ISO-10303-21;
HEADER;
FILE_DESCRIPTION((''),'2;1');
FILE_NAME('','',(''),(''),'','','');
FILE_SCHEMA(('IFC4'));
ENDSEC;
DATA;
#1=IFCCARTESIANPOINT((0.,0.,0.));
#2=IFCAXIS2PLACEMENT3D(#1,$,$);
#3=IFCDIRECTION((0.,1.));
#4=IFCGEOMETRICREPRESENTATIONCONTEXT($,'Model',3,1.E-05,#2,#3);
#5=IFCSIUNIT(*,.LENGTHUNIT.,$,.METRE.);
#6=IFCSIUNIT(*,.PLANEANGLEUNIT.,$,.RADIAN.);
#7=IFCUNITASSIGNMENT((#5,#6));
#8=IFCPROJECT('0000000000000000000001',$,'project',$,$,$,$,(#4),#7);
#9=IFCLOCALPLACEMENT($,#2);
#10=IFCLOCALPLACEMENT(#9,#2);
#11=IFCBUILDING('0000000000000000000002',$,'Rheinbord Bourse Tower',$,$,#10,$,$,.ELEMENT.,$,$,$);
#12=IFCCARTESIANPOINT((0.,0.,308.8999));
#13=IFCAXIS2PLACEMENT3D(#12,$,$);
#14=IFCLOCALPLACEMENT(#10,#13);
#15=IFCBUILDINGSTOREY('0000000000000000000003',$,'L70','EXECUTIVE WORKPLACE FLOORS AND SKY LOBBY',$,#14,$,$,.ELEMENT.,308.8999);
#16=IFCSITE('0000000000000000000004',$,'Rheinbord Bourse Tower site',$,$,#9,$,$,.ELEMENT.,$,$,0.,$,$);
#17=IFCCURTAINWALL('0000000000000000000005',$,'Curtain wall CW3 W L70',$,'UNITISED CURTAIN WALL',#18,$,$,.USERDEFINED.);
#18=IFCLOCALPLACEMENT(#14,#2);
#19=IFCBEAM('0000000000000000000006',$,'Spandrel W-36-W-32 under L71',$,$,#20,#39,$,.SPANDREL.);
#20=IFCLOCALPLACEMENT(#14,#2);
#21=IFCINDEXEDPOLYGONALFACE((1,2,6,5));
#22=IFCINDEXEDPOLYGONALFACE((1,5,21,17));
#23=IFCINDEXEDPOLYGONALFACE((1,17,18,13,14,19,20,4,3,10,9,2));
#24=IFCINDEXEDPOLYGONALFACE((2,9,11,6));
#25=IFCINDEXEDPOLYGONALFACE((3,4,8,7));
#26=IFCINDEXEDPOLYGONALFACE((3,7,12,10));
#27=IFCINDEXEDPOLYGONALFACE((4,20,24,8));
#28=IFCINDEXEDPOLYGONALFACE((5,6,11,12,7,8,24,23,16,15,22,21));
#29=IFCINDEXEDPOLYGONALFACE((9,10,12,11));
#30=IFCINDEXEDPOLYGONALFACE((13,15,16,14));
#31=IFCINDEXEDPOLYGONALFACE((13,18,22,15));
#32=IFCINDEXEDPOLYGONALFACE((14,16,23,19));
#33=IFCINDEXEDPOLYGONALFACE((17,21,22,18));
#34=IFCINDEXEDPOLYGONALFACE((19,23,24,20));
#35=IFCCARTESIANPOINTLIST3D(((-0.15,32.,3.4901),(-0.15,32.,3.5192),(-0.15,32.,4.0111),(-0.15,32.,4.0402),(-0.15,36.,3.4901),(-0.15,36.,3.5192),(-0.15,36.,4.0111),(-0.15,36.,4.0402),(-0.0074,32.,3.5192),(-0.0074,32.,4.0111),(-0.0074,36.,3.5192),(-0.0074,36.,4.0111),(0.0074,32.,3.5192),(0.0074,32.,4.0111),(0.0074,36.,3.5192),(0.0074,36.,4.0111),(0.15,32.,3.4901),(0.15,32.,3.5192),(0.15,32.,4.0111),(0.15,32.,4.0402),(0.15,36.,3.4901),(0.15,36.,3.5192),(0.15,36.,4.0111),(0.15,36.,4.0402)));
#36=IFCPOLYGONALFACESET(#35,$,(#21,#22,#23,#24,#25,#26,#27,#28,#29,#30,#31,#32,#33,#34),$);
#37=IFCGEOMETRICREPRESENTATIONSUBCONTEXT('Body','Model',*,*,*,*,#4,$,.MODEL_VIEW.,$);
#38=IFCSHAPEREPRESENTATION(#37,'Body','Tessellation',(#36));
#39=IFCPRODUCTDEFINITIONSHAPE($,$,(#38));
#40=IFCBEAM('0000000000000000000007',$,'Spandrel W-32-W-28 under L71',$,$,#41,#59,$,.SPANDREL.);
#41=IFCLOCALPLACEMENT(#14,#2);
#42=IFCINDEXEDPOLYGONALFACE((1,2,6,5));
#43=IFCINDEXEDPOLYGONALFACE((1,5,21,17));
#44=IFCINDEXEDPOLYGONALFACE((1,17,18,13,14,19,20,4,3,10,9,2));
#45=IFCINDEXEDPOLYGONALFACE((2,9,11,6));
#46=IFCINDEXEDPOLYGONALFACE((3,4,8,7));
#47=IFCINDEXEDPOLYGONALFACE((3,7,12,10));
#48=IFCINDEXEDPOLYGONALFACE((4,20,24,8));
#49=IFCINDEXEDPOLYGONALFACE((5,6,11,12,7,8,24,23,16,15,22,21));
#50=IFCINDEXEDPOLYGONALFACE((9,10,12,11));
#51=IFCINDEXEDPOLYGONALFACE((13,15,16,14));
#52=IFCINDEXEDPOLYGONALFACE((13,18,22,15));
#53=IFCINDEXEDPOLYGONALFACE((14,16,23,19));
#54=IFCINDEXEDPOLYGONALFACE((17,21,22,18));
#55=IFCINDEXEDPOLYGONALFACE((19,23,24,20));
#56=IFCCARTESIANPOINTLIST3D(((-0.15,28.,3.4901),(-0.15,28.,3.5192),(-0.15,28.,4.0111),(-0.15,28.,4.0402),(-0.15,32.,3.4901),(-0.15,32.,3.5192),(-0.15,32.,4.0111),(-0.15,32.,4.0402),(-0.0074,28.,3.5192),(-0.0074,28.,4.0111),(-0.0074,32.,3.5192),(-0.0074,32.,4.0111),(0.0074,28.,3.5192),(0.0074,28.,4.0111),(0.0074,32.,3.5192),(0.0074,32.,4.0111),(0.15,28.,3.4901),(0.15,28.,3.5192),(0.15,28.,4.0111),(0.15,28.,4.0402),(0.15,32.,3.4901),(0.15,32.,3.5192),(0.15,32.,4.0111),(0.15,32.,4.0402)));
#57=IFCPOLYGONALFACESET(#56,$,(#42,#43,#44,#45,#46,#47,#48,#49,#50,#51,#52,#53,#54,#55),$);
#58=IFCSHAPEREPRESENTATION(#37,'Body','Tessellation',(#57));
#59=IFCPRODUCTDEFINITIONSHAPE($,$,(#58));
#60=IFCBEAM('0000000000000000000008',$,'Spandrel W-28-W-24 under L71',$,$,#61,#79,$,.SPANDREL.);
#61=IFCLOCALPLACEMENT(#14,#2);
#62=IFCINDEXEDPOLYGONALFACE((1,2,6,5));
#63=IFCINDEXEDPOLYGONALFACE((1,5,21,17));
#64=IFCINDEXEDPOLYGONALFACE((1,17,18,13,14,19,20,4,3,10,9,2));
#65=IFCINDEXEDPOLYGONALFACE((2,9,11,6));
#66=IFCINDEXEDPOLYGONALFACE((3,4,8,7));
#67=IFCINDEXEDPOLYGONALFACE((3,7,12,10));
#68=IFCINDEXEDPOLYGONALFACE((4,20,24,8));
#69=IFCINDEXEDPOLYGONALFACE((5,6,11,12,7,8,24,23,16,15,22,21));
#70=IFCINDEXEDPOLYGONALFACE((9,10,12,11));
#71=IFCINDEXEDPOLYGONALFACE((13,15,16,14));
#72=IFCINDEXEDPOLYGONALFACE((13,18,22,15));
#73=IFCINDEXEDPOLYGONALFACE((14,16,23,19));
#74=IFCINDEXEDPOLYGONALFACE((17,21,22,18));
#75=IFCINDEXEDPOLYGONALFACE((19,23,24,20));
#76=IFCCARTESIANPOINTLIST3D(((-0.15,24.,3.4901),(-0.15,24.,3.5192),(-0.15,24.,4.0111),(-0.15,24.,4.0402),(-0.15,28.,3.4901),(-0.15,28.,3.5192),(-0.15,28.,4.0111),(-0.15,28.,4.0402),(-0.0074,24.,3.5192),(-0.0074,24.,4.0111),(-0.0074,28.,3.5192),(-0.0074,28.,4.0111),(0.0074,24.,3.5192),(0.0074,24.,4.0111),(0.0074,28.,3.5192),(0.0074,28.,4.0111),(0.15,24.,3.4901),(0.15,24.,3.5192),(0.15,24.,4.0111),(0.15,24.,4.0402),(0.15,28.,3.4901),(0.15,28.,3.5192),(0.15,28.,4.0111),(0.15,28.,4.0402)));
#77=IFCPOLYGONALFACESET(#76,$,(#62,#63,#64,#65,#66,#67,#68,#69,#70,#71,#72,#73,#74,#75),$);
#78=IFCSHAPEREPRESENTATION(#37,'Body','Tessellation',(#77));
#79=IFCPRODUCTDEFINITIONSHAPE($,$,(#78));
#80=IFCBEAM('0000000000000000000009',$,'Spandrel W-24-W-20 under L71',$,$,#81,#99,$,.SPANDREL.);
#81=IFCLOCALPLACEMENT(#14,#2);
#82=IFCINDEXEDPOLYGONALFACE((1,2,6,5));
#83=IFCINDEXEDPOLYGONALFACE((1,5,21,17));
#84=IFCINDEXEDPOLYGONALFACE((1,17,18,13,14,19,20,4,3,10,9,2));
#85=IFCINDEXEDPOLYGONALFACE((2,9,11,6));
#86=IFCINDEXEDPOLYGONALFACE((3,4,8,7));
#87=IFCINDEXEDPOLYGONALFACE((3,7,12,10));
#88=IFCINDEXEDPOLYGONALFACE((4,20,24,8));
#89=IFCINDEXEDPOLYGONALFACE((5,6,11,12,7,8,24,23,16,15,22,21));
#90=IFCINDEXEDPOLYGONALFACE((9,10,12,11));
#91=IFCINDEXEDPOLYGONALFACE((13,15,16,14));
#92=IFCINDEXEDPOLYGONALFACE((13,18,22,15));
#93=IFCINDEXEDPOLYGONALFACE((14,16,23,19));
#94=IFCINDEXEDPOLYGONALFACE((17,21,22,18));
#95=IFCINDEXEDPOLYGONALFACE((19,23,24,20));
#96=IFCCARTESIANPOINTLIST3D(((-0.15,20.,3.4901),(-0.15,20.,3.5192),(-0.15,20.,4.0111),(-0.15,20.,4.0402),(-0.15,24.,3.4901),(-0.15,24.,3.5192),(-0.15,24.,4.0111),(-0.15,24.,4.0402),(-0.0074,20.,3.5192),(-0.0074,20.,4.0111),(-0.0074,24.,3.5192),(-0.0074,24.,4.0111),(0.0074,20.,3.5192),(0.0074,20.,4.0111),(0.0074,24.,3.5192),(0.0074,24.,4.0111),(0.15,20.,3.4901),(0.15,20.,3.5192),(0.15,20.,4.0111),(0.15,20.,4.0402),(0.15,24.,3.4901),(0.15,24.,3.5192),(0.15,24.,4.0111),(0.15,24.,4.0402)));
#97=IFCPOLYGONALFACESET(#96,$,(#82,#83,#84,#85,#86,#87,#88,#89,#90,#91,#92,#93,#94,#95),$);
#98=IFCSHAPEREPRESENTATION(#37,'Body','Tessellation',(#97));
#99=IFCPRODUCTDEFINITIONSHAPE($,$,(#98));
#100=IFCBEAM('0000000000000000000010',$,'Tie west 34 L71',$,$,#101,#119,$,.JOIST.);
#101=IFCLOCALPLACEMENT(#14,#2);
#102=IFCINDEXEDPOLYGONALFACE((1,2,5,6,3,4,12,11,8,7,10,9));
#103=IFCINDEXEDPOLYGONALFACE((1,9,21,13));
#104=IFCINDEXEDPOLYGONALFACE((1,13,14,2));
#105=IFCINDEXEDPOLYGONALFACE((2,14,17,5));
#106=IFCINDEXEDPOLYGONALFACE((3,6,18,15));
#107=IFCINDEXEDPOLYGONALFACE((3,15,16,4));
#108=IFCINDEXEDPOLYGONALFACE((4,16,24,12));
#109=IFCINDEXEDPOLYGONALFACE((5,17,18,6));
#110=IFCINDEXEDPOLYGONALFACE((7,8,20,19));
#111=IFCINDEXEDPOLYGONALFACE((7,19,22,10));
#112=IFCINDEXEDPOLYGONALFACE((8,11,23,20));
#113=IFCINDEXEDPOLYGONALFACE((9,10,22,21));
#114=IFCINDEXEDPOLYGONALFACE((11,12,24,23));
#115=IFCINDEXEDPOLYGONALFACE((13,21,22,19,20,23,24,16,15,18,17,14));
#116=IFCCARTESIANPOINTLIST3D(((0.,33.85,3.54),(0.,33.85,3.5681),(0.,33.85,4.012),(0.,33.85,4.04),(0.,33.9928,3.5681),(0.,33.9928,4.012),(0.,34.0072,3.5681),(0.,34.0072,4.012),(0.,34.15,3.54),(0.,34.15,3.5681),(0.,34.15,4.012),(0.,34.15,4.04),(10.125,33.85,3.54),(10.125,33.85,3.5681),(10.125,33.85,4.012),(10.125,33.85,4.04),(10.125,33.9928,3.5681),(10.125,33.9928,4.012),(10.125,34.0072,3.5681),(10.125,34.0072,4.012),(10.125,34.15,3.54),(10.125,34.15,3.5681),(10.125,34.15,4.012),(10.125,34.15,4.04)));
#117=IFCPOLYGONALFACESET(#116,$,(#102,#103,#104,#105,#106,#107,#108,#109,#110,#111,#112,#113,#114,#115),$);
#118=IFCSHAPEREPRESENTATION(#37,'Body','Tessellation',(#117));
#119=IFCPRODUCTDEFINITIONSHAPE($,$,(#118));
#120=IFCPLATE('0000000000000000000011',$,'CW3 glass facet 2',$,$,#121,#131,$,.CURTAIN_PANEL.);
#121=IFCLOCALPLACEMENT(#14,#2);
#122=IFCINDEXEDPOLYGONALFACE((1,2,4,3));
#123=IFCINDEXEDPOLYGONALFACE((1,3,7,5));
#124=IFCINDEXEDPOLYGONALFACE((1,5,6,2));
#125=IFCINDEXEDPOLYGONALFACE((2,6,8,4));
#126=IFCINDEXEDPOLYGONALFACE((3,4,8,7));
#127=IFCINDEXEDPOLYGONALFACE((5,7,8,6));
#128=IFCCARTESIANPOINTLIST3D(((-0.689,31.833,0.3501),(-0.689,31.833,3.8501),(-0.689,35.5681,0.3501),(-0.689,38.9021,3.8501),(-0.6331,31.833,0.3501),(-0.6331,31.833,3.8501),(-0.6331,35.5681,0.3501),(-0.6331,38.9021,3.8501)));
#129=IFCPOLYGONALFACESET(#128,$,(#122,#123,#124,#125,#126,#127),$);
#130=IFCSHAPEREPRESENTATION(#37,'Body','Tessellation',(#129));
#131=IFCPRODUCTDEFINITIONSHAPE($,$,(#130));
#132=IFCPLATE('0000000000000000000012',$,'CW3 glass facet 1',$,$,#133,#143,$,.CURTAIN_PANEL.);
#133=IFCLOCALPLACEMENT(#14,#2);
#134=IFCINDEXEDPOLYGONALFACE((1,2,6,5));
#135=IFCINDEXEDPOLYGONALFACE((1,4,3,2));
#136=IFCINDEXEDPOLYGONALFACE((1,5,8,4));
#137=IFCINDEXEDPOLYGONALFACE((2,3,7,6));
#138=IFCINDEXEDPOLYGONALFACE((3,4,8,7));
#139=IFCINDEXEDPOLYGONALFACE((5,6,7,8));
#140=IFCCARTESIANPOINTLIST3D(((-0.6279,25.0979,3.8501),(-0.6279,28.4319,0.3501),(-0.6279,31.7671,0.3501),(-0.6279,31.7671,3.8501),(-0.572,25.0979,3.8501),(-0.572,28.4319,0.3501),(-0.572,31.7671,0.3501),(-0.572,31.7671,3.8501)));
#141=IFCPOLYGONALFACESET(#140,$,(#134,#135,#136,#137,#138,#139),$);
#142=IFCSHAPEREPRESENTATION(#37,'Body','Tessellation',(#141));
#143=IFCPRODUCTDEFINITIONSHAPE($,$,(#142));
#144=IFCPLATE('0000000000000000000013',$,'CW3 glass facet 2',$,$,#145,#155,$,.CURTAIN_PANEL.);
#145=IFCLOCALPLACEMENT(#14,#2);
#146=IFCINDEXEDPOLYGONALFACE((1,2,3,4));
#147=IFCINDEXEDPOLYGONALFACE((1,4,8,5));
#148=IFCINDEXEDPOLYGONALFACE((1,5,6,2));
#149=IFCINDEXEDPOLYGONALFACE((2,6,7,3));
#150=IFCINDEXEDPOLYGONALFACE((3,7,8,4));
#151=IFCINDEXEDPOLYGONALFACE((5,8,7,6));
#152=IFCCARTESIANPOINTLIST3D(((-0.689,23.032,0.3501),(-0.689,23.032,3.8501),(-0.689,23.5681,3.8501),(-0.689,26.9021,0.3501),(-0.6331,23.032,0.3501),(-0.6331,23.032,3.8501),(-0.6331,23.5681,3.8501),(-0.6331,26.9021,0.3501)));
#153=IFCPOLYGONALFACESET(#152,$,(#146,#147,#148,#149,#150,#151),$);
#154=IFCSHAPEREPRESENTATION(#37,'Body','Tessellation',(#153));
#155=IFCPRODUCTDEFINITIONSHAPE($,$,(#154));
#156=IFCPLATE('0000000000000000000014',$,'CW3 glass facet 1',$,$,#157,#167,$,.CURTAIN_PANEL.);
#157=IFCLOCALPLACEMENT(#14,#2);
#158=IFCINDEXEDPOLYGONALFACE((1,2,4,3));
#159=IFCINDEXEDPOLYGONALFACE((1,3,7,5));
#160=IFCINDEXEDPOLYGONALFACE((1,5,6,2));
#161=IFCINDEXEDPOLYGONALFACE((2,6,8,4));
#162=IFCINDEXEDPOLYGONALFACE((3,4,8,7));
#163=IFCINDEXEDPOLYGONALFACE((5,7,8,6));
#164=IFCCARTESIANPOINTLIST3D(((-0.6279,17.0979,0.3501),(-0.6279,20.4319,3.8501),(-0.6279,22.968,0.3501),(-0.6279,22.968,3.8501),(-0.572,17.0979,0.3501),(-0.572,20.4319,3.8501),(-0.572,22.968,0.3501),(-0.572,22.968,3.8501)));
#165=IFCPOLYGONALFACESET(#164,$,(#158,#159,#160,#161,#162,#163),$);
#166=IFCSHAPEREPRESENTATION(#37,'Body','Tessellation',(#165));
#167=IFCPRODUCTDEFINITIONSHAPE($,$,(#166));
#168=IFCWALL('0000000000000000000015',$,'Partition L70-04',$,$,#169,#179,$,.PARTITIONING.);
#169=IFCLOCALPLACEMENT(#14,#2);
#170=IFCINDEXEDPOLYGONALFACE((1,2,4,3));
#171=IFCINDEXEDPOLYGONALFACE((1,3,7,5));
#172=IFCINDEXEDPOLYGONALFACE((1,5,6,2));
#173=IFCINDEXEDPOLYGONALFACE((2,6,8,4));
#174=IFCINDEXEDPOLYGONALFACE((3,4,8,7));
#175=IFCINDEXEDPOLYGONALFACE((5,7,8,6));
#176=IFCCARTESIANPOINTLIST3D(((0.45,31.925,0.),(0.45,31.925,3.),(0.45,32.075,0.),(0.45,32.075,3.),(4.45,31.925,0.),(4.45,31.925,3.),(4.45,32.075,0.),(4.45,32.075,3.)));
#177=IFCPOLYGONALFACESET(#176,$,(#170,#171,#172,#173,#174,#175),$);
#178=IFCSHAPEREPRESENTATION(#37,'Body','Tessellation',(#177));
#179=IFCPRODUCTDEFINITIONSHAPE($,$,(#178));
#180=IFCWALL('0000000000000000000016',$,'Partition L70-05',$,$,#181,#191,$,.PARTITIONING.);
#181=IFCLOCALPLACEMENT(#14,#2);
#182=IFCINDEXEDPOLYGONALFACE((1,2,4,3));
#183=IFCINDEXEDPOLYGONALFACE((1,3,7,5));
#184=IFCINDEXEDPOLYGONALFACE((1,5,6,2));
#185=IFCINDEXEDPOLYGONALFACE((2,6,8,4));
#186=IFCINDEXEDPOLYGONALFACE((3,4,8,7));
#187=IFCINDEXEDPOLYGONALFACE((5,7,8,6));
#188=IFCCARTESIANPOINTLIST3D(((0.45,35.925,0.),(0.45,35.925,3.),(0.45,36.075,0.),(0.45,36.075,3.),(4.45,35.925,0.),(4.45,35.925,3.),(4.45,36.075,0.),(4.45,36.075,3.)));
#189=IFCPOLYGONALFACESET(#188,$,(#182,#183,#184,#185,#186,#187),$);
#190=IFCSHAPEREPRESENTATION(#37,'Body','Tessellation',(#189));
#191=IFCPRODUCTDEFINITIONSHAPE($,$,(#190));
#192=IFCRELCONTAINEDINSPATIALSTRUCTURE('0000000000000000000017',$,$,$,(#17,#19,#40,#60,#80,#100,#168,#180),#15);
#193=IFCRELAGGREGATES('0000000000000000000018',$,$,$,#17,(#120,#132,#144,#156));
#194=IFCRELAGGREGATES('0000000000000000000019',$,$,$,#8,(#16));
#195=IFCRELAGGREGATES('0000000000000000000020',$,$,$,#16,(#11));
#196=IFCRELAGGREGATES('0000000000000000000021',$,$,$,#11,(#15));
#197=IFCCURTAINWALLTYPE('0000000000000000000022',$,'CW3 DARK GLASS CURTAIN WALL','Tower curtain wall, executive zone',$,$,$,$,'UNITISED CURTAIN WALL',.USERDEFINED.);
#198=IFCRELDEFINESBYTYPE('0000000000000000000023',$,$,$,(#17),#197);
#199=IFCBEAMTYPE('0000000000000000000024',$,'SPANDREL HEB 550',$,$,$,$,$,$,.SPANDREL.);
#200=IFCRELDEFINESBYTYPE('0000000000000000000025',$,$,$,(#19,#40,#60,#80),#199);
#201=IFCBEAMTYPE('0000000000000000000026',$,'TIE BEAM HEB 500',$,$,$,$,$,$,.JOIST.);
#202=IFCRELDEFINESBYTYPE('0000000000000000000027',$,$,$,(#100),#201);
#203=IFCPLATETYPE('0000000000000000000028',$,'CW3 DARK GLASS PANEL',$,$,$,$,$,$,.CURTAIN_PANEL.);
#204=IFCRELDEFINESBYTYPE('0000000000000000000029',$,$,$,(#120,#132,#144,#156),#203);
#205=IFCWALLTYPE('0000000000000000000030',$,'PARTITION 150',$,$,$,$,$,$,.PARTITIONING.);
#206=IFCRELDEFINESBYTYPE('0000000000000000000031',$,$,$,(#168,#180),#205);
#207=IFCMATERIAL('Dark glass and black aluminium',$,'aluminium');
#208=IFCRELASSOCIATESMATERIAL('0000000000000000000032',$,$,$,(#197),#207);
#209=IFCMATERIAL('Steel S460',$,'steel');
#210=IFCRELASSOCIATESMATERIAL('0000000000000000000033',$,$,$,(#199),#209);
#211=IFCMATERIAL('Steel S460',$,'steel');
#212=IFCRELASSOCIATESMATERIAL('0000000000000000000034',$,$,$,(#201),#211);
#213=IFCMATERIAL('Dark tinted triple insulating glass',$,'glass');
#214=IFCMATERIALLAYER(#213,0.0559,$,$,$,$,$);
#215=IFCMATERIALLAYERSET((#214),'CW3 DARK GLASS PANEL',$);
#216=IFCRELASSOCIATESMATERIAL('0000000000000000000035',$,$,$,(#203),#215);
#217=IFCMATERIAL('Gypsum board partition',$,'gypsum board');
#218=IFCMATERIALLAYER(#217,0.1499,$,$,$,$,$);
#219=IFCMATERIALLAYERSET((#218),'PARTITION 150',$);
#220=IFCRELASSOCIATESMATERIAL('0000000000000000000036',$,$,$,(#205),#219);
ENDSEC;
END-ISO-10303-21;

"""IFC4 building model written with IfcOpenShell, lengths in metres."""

from ifc_helpers import new_model, si_unit, direction, frame, frame_2d, origin, origin_2d, place, context, subcontext, project, spatial, polyline, rectangle, i_section, outline, extrude, material, layer, layer_set, material_profile, profile_set, type_object, element, aggregate, save


model = new_model("IFC4")

# Units and contexts
model_context = context("Model", 3, precision=1e-05, world=origin(), true_north=direction((0.0, 1.0)))
body_context = subcontext(model_context, "Body", "Model", "MODEL_VIEW")
ifc_project = project(units=[si_unit("LENGTHUNIT", "METRE"), si_unit("PLANEANGLEUNIT", "RADIAN")], contexts=[model_context])

# Site, building, storey
site_placement = place(None, origin())
site = spatial("IfcSite", under=ifc_project, at=site_placement, Name="Rheinbord Bourse Tower site", CompositionType="ELEMENT", RefElevation=0.0)
building_placement = place(site_placement, origin())
building = spatial("IfcBuilding", under=site, at=building_placement, Name="Rheinbord Bourse Tower", CompositionType="ELEMENT")
storey_placement = place(building_placement, frame((0.0, 0.0, 308.8999)))
storey = spatial("IfcBuildingStorey", under=building, at=storey_placement, Name="L70", Description="EXECUTIVE WORKPLACE FLOORS AND SKY LOBBY", CompositionType="ELEMENT", Elevation=308.8999)

# Curtain wall
ifc_material_1 = material(Name="Dark glass and black aluminium", Category="aluminium")
curtain_wall_type = type_object("IfcCurtainWallType", Name="CW3 DARK GLASS CURTAIN WALL", Description="Tower curtain wall, executive zone", ElementType="UNITISED CURTAIN WALL", PredefinedType="USERDEFINED", material=ifc_material_1)
curtain_wall_placement = place(storey_placement, origin())
curtain_wall = element("IfcCurtainWall", 1, at=curtain_wall_placement, inside=storey, type_object=curtain_wall_type, Name="Curtain wall CW3 W L70", ObjectType="UNITISED CURTAIN WALL", PredefinedType="USERDEFINED")

# Beams
ifc_material_2 = material(Name="Steel S460", Category="steel")
ifc_material_profile_1 = material_profile(ifc_material_2, i_section(OverallWidth=0.3, OverallDepth=0.55, WebThickness=0.0149, FlangeThickness=0.0291, at=origin_2d()), Name="HEB 550")
ifc_profile_set_1 = profile_set([ifc_material_profile_1], Name="Steel S460")
beam_type_1 = type_object("IfcBeamType", Name="SPANDREL HEB 550", PredefinedType="SPANDREL", material=ifc_profile_set_1)
for number, where, z_axis, x_axis, name in (
    (2, (0.0, 36.0, 3.7651), (0.0, -1.0, 0.0), (1.0, 0.0, 0.0), "Spandrel W-36-W-32 under L71"),
    (3, (0.0, 32.0, 3.7651), (0.0, -1.0, 0.0), (1.0, 0.0, 0.0), "Spandrel W-32-W-28 under L71"),
    (4, (0.0, 28.0, 3.7651), (0.0, -1.0, 0.0), (1.0, 0.0, 0.0), "Spandrel W-28-W-24 under L71"),
    (5, (0.0, 24.0, 3.7651), (0.0, -1.0, 0.0), (1.0, 0.0, 0.0), "Spandrel W-24-W-20 under L71"),
):
    element("IfcBeam", number, at=place(storey_placement, frame(where, z_axis=z_axis, x_axis=x_axis)), inside=storey, type_object=beam_type_1, Name=name, PredefinedType="SPANDREL", context=body_context, shape_type="SweptSolid", body=[
        extrude(i_section(OverallWidth=0.3, OverallDepth=0.55, WebThickness=0.0149, FlangeThickness=0.0291, at=origin_2d()), origin(), (0.0, 0.0, 1.0), 4.0),
    ])
ifc_material_3 = material(Name="Steel S460", Category="steel")
ifc_material_profile_2 = material_profile(ifc_material_3, i_section(OverallWidth=0.3, OverallDepth=0.5, WebThickness=0.0144, FlangeThickness=0.0281, at=origin_2d()), Name="HEB 500")
ifc_profile_set_2 = profile_set([ifc_material_profile_2], Name="Steel S460")
beam_type_2 = type_object("IfcBeamType", Name="TIE BEAM HEB 500", PredefinedType="JOIST", material=ifc_profile_set_2)
beam_1_placement = place(storey_placement, frame((0.0, 34.0, 3.79), z_axis=(1.0, 0.0, 0.0), x_axis=(0.0, 1.0, 0.0)))
element("IfcBeam", 6, at=beam_1_placement, inside=storey, type_object=beam_type_2, Name="Tie west 34 L71", PredefinedType="JOIST", context=body_context, shape_type="SweptSolid", body=[
    extrude(i_section(OverallWidth=0.3, OverallDepth=0.5, WebThickness=0.0144, FlangeThickness=0.0281, at=origin_2d()), origin(), (0.0, 0.0, 1.0), 10.125),
])

# Plates
ifc_material_4 = material(Name="Dark tinted triple insulating glass", Category="glass")
ifc_layer_1 = layer(ifc_material_4, 0.0559)
ifc_layer_set_1 = layer_set([ifc_layer_1], Name="CW3 DARK GLASS PANEL")
plate_type = type_object("IfcPlateType", Name="CW3 DARK GLASS PANEL", PredefinedType="CURTAIN_PANEL", material=ifc_layer_set_1)
plate_1_placement = place(storey_placement, frame((-0.689, 31.833, 3.8501), z_axis=(1.0, 0.0, 0.0), x_axis=(0.0, 0.0, -1.0)))
plate_1 = element("IfcPlate", 7, at=plate_1_placement, type_object=plate_type, Name="CW3 glass facet 2", PredefinedType="CURTAIN_PANEL", context=body_context, shape_type="SweptSolid", body=[
    extrude(outline(polyline([(0.0, 0.0), (3.5, 0.0), (3.5, 3.7351), (0.0, 7.0691), (0.0, 0.0)])), origin(), (0.0, 0.0, 1.0), 0.0559),
])
plate_2_placement = place(storey_placement, frame((-0.6279, 31.7671, 0.3501), z_axis=(1.0, 0.0, 0.0), x_axis=(0.0, 0.0, 1.0)))
plate_2 = element("IfcPlate", 8, at=plate_2_placement, type_object=plate_type, Name="CW3 glass facet 1", PredefinedType="CURTAIN_PANEL", context=body_context, shape_type="SweptSolid", body=[
    extrude(outline(polyline([(0.0, 0.0), (3.5, 0.0), (3.5, 6.6692), (0.0, 3.3352), (0.0, 0.0)])), origin(), (0.0, 0.0, 1.0), 0.0559),
])
plate_3_placement = place(storey_placement, frame((-0.689, 23.032, 3.8501), z_axis=(1.0, 0.0, 0.0), x_axis=(0.0, 0.0, -1.0)))
plate_3 = element("IfcPlate", 9, at=plate_3_placement, type_object=plate_type, Name="CW3 glass facet 2", PredefinedType="CURTAIN_PANEL", context=body_context, shape_type="SweptSolid", body=[
    extrude(outline(polyline([(0.0, 0.0), (3.5, 0.0), (3.5, 3.8701), (0.0, 0.5361), (0.0, 0.0)])), origin(), (0.0, 0.0, 1.0), 0.0559),
])
plate_4_placement = place(storey_placement, frame((-0.6279, 22.968, 0.3501), z_axis=(1.0, 0.0, 0.0), x_axis=(0.0, 0.0, 1.0)))
plate_4 = element("IfcPlate", 10, at=plate_4_placement, type_object=plate_type, Name="CW3 glass facet 1", PredefinedType="CURTAIN_PANEL", context=body_context, shape_type="SweptSolid", body=[
    extrude(outline(polyline([(0.0, 0.0), (3.5, 0.0), (3.5, 2.5361), (0.0, 5.8701), (0.0, 0.0)])), origin(), (0.0, 0.0, 1.0), 0.0559),
])
aggregate(curtain_wall, [plate_1, plate_2, plate_3, plate_4])

# Walls
ifc_material_5 = material(Name="Gypsum board partition", Category="gypsum board")
ifc_layer_2 = layer(ifc_material_5, 0.1499)
ifc_layer_set_2 = layer_set([ifc_layer_2], Name="PARTITION 150")
wall_type = type_object("IfcWallType", Name="PARTITION 150", PredefinedType="PARTITIONING", material=ifc_layer_set_2)
for number, where, z_axis, x_axis, name in (
    (11, (0.45, 32.0, 0.0), (0.0, 0.0, 1.0), (1.0, 0.0, 0.0), "Partition L70-04"),
    (12, (0.45, 36.0, 0.0), (0.0, 0.0, 1.0), (1.0, 0.0, 0.0), "Partition L70-05"),
):
    element("IfcWall", number, at=place(storey_placement, frame(where, z_axis=z_axis, x_axis=x_axis)), inside=storey, type_object=wall_type, Name=name, PredefinedType="PARTITIONING", context=body_context, shape_type="SweptSolid", body=[
        extrude(rectangle(XDim=4.0, YDim=0.1499, at=frame_2d((2.0, 0.0))), origin(), (0.0, 0.0, 1.0), 3.0),
    ])

save(model, "model.ifc")
